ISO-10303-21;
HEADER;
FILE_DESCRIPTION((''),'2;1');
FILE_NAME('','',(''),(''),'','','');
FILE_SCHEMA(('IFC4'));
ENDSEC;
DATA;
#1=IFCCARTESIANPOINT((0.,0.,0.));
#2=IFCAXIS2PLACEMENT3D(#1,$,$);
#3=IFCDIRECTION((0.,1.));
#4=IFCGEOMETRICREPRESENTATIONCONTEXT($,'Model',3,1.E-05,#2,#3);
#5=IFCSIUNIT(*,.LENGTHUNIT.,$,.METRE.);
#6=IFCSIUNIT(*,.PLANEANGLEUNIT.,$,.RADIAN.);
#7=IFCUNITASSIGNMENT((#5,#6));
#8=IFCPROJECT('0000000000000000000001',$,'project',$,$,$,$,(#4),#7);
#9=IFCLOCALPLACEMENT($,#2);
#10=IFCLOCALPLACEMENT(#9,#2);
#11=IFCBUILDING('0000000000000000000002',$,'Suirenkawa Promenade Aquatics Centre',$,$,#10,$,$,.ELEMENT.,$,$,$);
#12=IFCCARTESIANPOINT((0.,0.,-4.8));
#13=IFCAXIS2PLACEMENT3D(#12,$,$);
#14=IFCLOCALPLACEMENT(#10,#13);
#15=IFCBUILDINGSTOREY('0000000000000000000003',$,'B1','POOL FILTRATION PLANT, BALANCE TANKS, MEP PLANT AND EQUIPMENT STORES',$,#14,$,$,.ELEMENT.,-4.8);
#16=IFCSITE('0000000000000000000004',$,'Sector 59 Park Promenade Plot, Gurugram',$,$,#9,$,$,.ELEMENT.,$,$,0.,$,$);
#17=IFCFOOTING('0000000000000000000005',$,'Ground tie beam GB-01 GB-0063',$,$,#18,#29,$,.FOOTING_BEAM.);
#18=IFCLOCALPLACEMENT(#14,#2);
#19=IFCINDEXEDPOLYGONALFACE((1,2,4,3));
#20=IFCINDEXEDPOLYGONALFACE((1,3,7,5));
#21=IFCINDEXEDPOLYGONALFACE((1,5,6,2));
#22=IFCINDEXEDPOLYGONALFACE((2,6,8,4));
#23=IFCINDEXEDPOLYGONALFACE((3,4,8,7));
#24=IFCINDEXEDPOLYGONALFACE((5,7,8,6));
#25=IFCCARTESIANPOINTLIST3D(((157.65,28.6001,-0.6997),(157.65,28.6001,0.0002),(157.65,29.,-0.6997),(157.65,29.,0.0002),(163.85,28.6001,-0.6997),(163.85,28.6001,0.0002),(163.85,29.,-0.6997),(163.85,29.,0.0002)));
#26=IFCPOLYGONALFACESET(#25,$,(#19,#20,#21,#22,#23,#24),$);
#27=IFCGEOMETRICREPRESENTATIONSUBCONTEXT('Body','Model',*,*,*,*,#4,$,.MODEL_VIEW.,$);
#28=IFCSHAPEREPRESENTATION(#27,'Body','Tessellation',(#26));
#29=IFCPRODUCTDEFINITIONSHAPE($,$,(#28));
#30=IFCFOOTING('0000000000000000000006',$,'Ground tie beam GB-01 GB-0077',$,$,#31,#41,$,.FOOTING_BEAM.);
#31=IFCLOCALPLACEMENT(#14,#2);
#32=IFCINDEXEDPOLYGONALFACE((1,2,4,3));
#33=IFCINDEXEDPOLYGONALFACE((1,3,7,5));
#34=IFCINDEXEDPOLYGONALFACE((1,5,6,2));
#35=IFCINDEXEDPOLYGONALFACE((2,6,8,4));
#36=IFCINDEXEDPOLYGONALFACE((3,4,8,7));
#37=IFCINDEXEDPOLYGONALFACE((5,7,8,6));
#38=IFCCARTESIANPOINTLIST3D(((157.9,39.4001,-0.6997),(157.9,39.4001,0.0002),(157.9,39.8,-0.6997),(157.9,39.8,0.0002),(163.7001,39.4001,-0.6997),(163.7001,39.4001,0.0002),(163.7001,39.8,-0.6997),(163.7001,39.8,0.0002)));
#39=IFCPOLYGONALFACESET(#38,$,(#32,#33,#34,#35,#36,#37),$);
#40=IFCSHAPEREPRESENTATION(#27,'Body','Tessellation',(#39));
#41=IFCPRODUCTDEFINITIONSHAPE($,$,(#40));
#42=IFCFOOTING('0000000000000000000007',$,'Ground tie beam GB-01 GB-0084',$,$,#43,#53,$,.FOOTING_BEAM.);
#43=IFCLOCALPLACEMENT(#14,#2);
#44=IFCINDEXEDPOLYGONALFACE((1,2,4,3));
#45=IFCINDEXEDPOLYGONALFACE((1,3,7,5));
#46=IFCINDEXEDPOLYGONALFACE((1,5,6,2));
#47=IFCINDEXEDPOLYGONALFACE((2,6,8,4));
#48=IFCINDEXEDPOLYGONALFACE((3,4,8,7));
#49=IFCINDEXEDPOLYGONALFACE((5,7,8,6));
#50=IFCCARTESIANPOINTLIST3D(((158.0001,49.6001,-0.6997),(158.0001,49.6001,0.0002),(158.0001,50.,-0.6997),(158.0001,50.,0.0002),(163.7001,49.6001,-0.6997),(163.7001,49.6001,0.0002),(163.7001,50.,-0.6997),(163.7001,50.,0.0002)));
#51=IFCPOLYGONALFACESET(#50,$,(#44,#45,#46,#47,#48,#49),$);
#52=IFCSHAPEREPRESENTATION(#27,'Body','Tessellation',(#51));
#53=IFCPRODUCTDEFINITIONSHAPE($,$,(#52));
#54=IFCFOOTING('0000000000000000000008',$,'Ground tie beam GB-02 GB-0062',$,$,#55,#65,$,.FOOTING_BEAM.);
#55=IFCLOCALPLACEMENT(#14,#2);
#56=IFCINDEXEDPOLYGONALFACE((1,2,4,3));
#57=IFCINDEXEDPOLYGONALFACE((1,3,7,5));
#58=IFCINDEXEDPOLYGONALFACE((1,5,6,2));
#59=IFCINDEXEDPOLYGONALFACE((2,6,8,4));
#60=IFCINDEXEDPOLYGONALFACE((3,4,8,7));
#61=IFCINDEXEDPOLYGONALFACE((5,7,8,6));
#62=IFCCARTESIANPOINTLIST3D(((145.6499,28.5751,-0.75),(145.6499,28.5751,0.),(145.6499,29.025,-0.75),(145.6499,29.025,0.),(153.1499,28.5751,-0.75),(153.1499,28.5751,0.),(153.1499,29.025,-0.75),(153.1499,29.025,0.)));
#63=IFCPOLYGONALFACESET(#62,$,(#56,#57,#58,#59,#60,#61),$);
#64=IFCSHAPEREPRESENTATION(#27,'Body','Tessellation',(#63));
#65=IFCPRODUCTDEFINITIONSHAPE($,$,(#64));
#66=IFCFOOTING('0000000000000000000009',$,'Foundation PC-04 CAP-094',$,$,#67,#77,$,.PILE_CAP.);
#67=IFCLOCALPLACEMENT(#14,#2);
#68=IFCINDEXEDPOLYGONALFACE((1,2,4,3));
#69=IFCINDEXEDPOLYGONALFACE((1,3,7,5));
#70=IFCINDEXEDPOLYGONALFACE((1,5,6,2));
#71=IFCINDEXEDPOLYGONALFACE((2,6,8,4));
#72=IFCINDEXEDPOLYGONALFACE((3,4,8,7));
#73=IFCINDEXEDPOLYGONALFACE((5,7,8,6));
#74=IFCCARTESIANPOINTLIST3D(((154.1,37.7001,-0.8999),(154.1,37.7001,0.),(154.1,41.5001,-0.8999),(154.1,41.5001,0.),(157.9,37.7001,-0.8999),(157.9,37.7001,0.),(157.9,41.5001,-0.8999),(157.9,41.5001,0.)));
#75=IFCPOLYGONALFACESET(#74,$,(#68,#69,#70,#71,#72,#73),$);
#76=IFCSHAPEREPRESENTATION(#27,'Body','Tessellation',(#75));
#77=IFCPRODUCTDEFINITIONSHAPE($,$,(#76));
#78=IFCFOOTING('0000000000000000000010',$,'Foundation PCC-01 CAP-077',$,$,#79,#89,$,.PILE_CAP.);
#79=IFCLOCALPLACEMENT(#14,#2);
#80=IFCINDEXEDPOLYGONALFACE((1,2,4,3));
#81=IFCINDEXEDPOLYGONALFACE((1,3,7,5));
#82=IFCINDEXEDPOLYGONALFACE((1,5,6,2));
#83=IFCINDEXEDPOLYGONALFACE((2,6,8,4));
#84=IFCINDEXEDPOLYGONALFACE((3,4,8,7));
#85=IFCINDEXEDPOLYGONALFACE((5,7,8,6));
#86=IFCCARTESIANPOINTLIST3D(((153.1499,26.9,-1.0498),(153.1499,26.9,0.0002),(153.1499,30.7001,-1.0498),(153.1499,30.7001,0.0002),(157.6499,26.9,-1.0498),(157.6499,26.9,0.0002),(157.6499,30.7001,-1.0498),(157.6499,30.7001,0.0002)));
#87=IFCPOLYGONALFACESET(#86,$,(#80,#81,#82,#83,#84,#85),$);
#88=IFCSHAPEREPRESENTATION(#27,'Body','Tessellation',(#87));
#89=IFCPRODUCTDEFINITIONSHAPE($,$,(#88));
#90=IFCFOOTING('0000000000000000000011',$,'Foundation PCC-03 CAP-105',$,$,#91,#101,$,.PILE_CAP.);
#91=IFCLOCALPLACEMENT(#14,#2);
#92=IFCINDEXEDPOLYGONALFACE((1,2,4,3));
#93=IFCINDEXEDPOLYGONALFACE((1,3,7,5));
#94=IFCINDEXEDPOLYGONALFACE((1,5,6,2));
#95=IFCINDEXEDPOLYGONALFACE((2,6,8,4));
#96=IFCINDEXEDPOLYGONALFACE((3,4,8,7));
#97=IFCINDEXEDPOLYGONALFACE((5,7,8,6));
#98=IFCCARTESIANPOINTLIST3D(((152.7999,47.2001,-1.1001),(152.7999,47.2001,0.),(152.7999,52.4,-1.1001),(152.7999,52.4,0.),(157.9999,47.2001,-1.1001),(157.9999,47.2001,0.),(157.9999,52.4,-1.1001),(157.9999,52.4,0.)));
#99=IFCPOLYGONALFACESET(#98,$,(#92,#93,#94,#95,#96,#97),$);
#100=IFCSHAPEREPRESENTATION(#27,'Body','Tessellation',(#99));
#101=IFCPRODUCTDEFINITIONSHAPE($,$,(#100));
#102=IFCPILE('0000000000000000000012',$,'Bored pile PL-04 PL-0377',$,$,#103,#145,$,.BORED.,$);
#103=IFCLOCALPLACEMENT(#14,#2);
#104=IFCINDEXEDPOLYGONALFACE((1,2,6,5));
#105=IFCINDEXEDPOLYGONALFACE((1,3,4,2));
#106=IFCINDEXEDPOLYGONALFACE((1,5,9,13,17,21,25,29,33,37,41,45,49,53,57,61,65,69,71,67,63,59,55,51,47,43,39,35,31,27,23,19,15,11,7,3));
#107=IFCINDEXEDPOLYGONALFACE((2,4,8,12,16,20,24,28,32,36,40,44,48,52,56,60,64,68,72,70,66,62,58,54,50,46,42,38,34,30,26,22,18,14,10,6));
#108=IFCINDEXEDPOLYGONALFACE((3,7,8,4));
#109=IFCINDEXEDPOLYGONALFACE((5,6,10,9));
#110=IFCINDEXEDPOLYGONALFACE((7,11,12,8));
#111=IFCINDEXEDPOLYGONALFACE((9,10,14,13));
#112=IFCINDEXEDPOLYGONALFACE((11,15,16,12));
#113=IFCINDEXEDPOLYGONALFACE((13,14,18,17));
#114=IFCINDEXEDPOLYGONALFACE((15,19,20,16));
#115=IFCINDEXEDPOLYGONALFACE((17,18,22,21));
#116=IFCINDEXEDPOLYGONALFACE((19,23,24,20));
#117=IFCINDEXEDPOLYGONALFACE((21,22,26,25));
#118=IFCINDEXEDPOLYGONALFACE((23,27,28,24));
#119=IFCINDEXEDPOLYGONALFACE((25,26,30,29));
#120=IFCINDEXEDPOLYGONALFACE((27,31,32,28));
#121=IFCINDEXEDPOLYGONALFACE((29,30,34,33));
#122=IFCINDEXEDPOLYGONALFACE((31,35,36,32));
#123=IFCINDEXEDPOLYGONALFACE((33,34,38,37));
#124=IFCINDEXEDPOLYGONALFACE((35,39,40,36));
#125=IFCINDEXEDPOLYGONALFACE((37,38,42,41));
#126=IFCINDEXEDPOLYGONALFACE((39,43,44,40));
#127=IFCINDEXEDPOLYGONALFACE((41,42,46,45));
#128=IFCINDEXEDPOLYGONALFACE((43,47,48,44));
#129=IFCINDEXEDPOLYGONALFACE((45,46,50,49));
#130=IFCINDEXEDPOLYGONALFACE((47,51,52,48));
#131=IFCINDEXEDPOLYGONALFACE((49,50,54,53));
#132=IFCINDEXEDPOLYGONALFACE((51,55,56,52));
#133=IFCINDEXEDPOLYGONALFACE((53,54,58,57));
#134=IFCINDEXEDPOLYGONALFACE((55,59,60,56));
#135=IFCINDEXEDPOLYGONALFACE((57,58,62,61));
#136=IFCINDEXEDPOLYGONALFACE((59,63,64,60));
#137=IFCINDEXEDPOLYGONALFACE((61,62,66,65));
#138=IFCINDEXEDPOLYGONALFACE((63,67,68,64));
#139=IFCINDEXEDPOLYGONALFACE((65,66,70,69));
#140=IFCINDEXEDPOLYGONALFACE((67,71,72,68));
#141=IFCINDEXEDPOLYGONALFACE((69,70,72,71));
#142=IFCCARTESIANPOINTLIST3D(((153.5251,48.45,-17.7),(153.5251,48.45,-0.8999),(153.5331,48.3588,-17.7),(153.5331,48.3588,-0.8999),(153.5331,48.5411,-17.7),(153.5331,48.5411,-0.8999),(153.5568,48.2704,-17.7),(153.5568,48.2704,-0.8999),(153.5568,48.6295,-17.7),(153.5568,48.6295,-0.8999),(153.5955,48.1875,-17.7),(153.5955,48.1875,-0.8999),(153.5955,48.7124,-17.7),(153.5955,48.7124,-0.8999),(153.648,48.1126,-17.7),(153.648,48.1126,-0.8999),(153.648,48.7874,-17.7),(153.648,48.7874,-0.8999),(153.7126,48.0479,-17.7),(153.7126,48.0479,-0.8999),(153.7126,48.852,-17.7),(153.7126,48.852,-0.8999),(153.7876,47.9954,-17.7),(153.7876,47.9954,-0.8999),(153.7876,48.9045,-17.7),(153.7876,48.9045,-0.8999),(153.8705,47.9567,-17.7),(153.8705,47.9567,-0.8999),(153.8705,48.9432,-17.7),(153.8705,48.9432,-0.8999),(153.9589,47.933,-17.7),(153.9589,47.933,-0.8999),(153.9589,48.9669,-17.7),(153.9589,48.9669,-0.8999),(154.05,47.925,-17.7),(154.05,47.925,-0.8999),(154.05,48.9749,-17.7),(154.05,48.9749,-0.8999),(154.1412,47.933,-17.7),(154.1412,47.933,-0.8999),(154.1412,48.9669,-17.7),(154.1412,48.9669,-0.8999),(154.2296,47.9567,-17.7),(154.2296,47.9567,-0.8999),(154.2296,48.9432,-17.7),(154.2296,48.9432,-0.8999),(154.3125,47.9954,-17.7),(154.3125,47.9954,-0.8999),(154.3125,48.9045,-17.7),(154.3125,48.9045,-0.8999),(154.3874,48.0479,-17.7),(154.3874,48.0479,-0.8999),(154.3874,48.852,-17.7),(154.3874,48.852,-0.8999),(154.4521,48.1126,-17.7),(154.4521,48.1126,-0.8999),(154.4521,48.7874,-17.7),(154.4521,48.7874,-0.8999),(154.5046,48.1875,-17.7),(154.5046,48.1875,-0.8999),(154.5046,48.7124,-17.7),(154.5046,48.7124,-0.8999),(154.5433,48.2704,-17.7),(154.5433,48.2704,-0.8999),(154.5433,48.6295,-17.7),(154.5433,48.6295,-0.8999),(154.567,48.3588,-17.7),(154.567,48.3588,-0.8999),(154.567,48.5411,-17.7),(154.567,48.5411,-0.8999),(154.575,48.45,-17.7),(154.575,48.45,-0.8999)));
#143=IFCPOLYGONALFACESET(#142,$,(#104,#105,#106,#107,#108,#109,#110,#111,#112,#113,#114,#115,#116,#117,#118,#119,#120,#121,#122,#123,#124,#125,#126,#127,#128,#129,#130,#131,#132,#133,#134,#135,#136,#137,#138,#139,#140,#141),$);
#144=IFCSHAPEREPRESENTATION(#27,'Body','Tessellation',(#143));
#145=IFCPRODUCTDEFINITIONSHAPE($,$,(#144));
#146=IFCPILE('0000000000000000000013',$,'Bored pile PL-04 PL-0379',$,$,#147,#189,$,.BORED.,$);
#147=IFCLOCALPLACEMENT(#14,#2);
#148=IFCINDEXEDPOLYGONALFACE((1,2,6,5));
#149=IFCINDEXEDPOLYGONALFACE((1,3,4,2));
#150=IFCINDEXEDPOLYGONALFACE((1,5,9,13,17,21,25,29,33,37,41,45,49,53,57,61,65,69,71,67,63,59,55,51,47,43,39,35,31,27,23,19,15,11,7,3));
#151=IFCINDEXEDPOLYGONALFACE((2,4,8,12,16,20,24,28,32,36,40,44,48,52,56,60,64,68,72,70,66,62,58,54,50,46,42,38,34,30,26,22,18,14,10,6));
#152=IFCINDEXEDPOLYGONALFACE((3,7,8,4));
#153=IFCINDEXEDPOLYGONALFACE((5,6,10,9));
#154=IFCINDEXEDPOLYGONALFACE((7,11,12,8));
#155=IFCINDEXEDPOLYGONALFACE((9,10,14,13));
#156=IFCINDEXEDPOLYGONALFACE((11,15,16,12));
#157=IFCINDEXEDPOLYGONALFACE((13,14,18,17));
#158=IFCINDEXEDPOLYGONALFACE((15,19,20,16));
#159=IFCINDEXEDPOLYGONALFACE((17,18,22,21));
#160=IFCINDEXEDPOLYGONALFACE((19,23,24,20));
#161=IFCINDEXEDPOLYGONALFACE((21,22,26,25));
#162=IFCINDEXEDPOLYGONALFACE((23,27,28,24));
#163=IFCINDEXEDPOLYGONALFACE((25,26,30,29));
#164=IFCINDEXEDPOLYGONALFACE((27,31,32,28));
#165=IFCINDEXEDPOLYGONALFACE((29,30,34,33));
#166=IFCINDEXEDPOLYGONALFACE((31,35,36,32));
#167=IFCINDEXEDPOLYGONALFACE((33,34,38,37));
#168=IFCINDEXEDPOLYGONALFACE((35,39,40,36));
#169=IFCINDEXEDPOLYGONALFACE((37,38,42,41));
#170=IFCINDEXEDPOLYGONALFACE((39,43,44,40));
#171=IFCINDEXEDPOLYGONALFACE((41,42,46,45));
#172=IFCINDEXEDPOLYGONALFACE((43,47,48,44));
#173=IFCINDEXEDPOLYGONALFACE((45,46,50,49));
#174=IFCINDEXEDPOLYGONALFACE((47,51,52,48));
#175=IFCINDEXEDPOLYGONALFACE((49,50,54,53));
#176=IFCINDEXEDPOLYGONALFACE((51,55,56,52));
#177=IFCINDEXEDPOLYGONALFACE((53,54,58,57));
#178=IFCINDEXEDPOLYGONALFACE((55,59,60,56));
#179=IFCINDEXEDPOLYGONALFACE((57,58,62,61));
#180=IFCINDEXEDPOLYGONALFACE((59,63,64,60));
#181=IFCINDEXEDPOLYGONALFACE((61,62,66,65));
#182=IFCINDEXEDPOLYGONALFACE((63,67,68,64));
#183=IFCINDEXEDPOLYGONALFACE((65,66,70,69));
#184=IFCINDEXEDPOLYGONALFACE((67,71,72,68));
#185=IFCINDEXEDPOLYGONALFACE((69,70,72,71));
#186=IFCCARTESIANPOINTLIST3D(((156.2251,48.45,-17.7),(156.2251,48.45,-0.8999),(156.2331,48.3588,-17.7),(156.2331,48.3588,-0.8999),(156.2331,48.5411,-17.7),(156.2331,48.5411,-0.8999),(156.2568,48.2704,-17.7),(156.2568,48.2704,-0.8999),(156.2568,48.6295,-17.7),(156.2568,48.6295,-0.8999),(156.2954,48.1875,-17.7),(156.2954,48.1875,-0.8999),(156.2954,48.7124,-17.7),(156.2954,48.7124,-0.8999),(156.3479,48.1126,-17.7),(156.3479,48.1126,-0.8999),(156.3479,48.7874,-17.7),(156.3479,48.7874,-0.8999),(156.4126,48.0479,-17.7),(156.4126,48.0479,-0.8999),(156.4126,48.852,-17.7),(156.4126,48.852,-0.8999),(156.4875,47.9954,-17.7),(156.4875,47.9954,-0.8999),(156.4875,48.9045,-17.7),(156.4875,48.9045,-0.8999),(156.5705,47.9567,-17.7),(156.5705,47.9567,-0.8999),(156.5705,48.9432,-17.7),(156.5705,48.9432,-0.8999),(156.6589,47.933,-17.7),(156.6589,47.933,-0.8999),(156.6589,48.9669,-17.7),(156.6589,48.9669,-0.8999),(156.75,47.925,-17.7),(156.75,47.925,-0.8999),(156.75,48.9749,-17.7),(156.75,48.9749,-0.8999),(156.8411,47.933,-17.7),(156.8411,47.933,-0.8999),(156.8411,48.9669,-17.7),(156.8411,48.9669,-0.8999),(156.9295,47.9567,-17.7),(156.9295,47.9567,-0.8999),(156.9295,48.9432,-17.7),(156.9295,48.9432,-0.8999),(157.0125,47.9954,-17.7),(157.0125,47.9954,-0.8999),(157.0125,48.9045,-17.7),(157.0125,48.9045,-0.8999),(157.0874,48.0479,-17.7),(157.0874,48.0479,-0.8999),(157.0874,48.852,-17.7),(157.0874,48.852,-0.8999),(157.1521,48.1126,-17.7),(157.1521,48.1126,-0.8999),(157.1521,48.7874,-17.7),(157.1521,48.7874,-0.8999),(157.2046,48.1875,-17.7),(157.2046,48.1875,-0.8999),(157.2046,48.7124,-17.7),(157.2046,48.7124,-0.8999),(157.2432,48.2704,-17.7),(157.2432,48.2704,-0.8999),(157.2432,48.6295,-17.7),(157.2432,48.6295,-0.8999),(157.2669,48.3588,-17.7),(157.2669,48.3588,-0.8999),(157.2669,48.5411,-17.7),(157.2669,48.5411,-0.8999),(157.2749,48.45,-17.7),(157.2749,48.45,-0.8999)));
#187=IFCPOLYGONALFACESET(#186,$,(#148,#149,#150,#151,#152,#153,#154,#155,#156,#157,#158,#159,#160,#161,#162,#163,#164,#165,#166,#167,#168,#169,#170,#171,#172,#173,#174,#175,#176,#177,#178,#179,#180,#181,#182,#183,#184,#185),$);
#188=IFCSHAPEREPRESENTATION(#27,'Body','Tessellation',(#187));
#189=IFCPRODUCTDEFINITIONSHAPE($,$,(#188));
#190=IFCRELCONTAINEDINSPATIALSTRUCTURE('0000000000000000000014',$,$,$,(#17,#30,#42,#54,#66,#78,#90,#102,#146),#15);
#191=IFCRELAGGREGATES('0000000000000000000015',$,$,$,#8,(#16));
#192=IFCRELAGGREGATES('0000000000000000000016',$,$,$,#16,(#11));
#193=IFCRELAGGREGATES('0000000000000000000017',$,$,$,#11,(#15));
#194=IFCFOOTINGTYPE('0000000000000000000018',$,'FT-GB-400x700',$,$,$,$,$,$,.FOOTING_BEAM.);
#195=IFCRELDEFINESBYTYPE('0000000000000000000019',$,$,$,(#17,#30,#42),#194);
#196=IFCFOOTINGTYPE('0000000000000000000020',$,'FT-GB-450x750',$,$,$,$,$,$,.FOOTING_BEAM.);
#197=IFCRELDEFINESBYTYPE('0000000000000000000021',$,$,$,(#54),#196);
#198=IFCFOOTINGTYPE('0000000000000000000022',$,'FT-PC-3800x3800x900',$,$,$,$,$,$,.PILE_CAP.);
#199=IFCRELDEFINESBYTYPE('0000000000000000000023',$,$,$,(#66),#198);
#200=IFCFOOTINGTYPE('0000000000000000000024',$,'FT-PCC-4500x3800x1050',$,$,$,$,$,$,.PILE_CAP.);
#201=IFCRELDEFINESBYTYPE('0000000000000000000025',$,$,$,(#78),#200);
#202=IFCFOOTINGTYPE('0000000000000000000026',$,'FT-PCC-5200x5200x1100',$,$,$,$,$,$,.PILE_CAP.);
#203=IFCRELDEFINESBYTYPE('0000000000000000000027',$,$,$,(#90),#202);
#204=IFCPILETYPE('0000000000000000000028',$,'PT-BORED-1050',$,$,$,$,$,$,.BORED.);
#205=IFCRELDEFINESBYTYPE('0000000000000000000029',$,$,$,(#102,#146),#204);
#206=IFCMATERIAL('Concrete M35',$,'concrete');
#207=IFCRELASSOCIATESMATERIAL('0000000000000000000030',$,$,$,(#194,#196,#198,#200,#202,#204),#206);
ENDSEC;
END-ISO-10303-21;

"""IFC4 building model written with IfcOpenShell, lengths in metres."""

from ifc_helpers import new_model, si_unit, direction, frame, origin, origin_2d, place, context, subcontext, project, spatial, rectangle, circle, extrude, material, material_profile, profile_set, type_object, element, save


model = new_model("IFC4")

# Units and contexts
model_context = context("Model", 3, precision=1e-05, world=origin(), true_north=direction((0.0, 1.0)))
body_context = subcontext(model_context, "Body", "Model", "MODEL_VIEW")
ifc_project = project(units=[si_unit("LENGTHUNIT", "METRE"), si_unit("PLANEANGLEUNIT", "RADIAN")], contexts=[model_context])

# Site, building, storey
site_placement = place(None, origin())
site = spatial("IfcSite", under=ifc_project, at=site_placement, Name="Sector 59 Park Promenade Plot, Gurugram", CompositionType="ELEMENT", RefElevation=0.0)
building_placement = place(site_placement, origin())
building = spatial("IfcBuilding", under=site, at=building_placement, Name="Suirenkawa Promenade Aquatics Centre", CompositionType="ELEMENT")
storey_placement = place(building_placement, frame((0.0, 0.0, -4.8)))
storey = spatial("IfcBuildingStorey", under=building, at=storey_placement, Name="B1", Description="POOL FILTRATION PLANT, BALANCE TANKS, MEP PLANT AND EQUIPMENT STORES", CompositionType="ELEMENT", Elevation=-4.8)

# Footings
ifc_material_1 = material(Name="Concrete M35", Category="concrete")
footing_type_1 = type_object("IfcFootingType", Name="FT-GB-400x700", PredefinedType="FOOTING_BEAM", material=ifc_material_1)
footing_1_placement = place(storey_placement, frame((160.75, 28.8, -0.6997), z_axis=(0.0, 0.0, 1.0), x_axis=(1.0, 0.0, 0.0)))
element("IfcFooting", 1, at=footing_1_placement, inside=storey, type_object=footing_type_1, Name="Ground tie beam GB-01 GB-0063", PredefinedType="FOOTING_BEAM", context=body_context, shape_type="SweptSolid", body=[
    extrude(rectangle(XDim=6.2, YDim=0.3999, at=origin_2d()), origin(), (0.0, 0.0, 1.0), 0.7),
])
footing_2_placement = place(storey_placement, frame((160.8, 39.6001, -0.6997), z_axis=(0.0, 0.0, 1.0), x_axis=(1.0, 0.0, 0.0)))
element("IfcFooting", 2, at=footing_2_placement, inside=storey, type_object=footing_type_1, Name="Ground tie beam GB-01 GB-0077", PredefinedType="FOOTING_BEAM", context=body_context, shape_type="SweptSolid", body=[
    extrude(rectangle(XDim=5.8, YDim=0.3999, at=origin_2d()), origin(), (0.0, 0.0, 1.0), 0.7),
])
footing_3_placement = place(storey_placement, frame((160.8501, 49.8, -0.6997), z_axis=(0.0, 0.0, 1.0), x_axis=(1.0, 0.0, 0.0)))
element("IfcFooting", 3, at=footing_3_placement, inside=storey, type_object=footing_type_1, Name="Ground tie beam GB-01 GB-0084", PredefinedType="FOOTING_BEAM", context=body_context, shape_type="SweptSolid", body=[
    extrude(rectangle(XDim=5.7, YDim=0.3999, at=origin_2d()), origin(), (0.0, 0.0, 1.0), 0.7),
])
footing_type_2 = type_object("IfcFootingType", Name="FT-GB-450x750", PredefinedType="FOOTING_BEAM", material=ifc_material_1)
footing_4_placement = place(storey_placement, frame((149.3999, 28.8, -0.75), z_axis=(0.0, 0.0, 1.0), x_axis=(1.0, 0.0, 0.0)))
element("IfcFooting", 4, at=footing_4_placement, inside=storey, type_object=footing_type_2, Name="Ground tie beam GB-02 GB-0062", PredefinedType="FOOTING_BEAM", context=body_context, shape_type="SweptSolid", body=[
    extrude(rectangle(XDim=7.5, YDim=0.45, at=origin_2d()), origin(), (0.0, 0.0, 1.0), 0.75),
])
footing_type_3 = type_object("IfcFootingType", Name="FT-PC-3800x3800x900", PredefinedType="PILE_CAP", material=ifc_material_1)
footing_5_placement = place(storey_placement, frame((156.0, 39.6001, -0.8999), z_axis=(0.0, 0.0, 1.0), x_axis=(1.0, 0.0, 0.0)))
element("IfcFooting", 5, at=footing_5_placement, inside=storey, type_object=footing_type_3, Name="Foundation PC-04 CAP-094", PredefinedType="PILE_CAP", context=body_context, shape_type="SweptSolid", body=[
    extrude(rectangle(XDim=3.8, YDim=3.8, at=origin_2d()), origin(), (0.0, 0.0, 1.0), 0.8999),
])
footing_type_4 = type_object("IfcFootingType", Name="FT-PCC-4500x3800x1050", PredefinedType="PILE_CAP", material=ifc_material_1)
footing_6_placement = place(storey_placement, frame((155.3999, 28.8, -1.0498), z_axis=(0.0, 0.0, 1.0), x_axis=(1.0, 0.0, 0.0)))
element("IfcFooting", 6, at=footing_6_placement, inside=storey, type_object=footing_type_4, Name="Foundation PCC-01 CAP-077", PredefinedType="PILE_CAP", context=body_context, shape_type="SweptSolid", body=[
    extrude(rectangle(XDim=4.5, YDim=3.8, at=origin_2d()), origin(), (0.0, 0.0, 1.0), 1.05),
])
footing_type_5 = type_object("IfcFootingType", Name="FT-PCC-5200x5200x1100", PredefinedType="PILE_CAP", material=ifc_material_1)
footing_7_placement = place(storey_placement, frame((155.3999, 49.8, -1.1001), z_axis=(0.0, 0.0, 1.0), x_axis=(1.0, 0.0, 0.0)))
element("IfcFooting", 7, at=footing_7_placement, inside=storey, type_object=footing_type_5, Name="Foundation PCC-03 CAP-105", PredefinedType="PILE_CAP", context=body_context, shape_type="SweptSolid", body=[
    extrude(rectangle(XDim=5.2, YDim=5.2, at=origin_2d()), origin(), (0.0, 0.0, 1.0), 1.1001),
])

# Piles
ifc_material_profile_1 = material_profile(ifc_material_1, circle(Radius=0.5249, at=origin_2d()), Name="PILE D1050", Category="concrete")
ifc_profile_set_1 = profile_set([ifc_material_profile_1], Name="Concrete M35")
pile_type_1 = type_object("IfcPileType", Name="PT-BORED-1050", PredefinedType="BORED", material=ifc_profile_set_1)
for number, where, z_axis, x_axis, name in (
    (8, (154.05, 48.45, -0.8999), (0.0, 0.0, -1.0), (1.0, 0.0, 0.0), "Bored pile PL-04 PL-0377"),
    (9, (156.75, 48.45, -0.8999), (0.0, 0.0, -1.0), (1.0, 0.0, 0.0), "Bored pile PL-04 PL-0379"),
):
    element("IfcPile", number, at=place(storey_placement, frame(where, z_axis=z_axis, x_axis=x_axis)), inside=storey, type_object=pile_type_1, Name=name, PredefinedType="BORED", context=body_context, shape_type="SweptSolid", body=[
        extrude(circle(Radius=0.5249, at=origin_2d()), origin(), (0.0, 0.0, 1.0), 16.8),
    ])

save(model, "model.ifc")
